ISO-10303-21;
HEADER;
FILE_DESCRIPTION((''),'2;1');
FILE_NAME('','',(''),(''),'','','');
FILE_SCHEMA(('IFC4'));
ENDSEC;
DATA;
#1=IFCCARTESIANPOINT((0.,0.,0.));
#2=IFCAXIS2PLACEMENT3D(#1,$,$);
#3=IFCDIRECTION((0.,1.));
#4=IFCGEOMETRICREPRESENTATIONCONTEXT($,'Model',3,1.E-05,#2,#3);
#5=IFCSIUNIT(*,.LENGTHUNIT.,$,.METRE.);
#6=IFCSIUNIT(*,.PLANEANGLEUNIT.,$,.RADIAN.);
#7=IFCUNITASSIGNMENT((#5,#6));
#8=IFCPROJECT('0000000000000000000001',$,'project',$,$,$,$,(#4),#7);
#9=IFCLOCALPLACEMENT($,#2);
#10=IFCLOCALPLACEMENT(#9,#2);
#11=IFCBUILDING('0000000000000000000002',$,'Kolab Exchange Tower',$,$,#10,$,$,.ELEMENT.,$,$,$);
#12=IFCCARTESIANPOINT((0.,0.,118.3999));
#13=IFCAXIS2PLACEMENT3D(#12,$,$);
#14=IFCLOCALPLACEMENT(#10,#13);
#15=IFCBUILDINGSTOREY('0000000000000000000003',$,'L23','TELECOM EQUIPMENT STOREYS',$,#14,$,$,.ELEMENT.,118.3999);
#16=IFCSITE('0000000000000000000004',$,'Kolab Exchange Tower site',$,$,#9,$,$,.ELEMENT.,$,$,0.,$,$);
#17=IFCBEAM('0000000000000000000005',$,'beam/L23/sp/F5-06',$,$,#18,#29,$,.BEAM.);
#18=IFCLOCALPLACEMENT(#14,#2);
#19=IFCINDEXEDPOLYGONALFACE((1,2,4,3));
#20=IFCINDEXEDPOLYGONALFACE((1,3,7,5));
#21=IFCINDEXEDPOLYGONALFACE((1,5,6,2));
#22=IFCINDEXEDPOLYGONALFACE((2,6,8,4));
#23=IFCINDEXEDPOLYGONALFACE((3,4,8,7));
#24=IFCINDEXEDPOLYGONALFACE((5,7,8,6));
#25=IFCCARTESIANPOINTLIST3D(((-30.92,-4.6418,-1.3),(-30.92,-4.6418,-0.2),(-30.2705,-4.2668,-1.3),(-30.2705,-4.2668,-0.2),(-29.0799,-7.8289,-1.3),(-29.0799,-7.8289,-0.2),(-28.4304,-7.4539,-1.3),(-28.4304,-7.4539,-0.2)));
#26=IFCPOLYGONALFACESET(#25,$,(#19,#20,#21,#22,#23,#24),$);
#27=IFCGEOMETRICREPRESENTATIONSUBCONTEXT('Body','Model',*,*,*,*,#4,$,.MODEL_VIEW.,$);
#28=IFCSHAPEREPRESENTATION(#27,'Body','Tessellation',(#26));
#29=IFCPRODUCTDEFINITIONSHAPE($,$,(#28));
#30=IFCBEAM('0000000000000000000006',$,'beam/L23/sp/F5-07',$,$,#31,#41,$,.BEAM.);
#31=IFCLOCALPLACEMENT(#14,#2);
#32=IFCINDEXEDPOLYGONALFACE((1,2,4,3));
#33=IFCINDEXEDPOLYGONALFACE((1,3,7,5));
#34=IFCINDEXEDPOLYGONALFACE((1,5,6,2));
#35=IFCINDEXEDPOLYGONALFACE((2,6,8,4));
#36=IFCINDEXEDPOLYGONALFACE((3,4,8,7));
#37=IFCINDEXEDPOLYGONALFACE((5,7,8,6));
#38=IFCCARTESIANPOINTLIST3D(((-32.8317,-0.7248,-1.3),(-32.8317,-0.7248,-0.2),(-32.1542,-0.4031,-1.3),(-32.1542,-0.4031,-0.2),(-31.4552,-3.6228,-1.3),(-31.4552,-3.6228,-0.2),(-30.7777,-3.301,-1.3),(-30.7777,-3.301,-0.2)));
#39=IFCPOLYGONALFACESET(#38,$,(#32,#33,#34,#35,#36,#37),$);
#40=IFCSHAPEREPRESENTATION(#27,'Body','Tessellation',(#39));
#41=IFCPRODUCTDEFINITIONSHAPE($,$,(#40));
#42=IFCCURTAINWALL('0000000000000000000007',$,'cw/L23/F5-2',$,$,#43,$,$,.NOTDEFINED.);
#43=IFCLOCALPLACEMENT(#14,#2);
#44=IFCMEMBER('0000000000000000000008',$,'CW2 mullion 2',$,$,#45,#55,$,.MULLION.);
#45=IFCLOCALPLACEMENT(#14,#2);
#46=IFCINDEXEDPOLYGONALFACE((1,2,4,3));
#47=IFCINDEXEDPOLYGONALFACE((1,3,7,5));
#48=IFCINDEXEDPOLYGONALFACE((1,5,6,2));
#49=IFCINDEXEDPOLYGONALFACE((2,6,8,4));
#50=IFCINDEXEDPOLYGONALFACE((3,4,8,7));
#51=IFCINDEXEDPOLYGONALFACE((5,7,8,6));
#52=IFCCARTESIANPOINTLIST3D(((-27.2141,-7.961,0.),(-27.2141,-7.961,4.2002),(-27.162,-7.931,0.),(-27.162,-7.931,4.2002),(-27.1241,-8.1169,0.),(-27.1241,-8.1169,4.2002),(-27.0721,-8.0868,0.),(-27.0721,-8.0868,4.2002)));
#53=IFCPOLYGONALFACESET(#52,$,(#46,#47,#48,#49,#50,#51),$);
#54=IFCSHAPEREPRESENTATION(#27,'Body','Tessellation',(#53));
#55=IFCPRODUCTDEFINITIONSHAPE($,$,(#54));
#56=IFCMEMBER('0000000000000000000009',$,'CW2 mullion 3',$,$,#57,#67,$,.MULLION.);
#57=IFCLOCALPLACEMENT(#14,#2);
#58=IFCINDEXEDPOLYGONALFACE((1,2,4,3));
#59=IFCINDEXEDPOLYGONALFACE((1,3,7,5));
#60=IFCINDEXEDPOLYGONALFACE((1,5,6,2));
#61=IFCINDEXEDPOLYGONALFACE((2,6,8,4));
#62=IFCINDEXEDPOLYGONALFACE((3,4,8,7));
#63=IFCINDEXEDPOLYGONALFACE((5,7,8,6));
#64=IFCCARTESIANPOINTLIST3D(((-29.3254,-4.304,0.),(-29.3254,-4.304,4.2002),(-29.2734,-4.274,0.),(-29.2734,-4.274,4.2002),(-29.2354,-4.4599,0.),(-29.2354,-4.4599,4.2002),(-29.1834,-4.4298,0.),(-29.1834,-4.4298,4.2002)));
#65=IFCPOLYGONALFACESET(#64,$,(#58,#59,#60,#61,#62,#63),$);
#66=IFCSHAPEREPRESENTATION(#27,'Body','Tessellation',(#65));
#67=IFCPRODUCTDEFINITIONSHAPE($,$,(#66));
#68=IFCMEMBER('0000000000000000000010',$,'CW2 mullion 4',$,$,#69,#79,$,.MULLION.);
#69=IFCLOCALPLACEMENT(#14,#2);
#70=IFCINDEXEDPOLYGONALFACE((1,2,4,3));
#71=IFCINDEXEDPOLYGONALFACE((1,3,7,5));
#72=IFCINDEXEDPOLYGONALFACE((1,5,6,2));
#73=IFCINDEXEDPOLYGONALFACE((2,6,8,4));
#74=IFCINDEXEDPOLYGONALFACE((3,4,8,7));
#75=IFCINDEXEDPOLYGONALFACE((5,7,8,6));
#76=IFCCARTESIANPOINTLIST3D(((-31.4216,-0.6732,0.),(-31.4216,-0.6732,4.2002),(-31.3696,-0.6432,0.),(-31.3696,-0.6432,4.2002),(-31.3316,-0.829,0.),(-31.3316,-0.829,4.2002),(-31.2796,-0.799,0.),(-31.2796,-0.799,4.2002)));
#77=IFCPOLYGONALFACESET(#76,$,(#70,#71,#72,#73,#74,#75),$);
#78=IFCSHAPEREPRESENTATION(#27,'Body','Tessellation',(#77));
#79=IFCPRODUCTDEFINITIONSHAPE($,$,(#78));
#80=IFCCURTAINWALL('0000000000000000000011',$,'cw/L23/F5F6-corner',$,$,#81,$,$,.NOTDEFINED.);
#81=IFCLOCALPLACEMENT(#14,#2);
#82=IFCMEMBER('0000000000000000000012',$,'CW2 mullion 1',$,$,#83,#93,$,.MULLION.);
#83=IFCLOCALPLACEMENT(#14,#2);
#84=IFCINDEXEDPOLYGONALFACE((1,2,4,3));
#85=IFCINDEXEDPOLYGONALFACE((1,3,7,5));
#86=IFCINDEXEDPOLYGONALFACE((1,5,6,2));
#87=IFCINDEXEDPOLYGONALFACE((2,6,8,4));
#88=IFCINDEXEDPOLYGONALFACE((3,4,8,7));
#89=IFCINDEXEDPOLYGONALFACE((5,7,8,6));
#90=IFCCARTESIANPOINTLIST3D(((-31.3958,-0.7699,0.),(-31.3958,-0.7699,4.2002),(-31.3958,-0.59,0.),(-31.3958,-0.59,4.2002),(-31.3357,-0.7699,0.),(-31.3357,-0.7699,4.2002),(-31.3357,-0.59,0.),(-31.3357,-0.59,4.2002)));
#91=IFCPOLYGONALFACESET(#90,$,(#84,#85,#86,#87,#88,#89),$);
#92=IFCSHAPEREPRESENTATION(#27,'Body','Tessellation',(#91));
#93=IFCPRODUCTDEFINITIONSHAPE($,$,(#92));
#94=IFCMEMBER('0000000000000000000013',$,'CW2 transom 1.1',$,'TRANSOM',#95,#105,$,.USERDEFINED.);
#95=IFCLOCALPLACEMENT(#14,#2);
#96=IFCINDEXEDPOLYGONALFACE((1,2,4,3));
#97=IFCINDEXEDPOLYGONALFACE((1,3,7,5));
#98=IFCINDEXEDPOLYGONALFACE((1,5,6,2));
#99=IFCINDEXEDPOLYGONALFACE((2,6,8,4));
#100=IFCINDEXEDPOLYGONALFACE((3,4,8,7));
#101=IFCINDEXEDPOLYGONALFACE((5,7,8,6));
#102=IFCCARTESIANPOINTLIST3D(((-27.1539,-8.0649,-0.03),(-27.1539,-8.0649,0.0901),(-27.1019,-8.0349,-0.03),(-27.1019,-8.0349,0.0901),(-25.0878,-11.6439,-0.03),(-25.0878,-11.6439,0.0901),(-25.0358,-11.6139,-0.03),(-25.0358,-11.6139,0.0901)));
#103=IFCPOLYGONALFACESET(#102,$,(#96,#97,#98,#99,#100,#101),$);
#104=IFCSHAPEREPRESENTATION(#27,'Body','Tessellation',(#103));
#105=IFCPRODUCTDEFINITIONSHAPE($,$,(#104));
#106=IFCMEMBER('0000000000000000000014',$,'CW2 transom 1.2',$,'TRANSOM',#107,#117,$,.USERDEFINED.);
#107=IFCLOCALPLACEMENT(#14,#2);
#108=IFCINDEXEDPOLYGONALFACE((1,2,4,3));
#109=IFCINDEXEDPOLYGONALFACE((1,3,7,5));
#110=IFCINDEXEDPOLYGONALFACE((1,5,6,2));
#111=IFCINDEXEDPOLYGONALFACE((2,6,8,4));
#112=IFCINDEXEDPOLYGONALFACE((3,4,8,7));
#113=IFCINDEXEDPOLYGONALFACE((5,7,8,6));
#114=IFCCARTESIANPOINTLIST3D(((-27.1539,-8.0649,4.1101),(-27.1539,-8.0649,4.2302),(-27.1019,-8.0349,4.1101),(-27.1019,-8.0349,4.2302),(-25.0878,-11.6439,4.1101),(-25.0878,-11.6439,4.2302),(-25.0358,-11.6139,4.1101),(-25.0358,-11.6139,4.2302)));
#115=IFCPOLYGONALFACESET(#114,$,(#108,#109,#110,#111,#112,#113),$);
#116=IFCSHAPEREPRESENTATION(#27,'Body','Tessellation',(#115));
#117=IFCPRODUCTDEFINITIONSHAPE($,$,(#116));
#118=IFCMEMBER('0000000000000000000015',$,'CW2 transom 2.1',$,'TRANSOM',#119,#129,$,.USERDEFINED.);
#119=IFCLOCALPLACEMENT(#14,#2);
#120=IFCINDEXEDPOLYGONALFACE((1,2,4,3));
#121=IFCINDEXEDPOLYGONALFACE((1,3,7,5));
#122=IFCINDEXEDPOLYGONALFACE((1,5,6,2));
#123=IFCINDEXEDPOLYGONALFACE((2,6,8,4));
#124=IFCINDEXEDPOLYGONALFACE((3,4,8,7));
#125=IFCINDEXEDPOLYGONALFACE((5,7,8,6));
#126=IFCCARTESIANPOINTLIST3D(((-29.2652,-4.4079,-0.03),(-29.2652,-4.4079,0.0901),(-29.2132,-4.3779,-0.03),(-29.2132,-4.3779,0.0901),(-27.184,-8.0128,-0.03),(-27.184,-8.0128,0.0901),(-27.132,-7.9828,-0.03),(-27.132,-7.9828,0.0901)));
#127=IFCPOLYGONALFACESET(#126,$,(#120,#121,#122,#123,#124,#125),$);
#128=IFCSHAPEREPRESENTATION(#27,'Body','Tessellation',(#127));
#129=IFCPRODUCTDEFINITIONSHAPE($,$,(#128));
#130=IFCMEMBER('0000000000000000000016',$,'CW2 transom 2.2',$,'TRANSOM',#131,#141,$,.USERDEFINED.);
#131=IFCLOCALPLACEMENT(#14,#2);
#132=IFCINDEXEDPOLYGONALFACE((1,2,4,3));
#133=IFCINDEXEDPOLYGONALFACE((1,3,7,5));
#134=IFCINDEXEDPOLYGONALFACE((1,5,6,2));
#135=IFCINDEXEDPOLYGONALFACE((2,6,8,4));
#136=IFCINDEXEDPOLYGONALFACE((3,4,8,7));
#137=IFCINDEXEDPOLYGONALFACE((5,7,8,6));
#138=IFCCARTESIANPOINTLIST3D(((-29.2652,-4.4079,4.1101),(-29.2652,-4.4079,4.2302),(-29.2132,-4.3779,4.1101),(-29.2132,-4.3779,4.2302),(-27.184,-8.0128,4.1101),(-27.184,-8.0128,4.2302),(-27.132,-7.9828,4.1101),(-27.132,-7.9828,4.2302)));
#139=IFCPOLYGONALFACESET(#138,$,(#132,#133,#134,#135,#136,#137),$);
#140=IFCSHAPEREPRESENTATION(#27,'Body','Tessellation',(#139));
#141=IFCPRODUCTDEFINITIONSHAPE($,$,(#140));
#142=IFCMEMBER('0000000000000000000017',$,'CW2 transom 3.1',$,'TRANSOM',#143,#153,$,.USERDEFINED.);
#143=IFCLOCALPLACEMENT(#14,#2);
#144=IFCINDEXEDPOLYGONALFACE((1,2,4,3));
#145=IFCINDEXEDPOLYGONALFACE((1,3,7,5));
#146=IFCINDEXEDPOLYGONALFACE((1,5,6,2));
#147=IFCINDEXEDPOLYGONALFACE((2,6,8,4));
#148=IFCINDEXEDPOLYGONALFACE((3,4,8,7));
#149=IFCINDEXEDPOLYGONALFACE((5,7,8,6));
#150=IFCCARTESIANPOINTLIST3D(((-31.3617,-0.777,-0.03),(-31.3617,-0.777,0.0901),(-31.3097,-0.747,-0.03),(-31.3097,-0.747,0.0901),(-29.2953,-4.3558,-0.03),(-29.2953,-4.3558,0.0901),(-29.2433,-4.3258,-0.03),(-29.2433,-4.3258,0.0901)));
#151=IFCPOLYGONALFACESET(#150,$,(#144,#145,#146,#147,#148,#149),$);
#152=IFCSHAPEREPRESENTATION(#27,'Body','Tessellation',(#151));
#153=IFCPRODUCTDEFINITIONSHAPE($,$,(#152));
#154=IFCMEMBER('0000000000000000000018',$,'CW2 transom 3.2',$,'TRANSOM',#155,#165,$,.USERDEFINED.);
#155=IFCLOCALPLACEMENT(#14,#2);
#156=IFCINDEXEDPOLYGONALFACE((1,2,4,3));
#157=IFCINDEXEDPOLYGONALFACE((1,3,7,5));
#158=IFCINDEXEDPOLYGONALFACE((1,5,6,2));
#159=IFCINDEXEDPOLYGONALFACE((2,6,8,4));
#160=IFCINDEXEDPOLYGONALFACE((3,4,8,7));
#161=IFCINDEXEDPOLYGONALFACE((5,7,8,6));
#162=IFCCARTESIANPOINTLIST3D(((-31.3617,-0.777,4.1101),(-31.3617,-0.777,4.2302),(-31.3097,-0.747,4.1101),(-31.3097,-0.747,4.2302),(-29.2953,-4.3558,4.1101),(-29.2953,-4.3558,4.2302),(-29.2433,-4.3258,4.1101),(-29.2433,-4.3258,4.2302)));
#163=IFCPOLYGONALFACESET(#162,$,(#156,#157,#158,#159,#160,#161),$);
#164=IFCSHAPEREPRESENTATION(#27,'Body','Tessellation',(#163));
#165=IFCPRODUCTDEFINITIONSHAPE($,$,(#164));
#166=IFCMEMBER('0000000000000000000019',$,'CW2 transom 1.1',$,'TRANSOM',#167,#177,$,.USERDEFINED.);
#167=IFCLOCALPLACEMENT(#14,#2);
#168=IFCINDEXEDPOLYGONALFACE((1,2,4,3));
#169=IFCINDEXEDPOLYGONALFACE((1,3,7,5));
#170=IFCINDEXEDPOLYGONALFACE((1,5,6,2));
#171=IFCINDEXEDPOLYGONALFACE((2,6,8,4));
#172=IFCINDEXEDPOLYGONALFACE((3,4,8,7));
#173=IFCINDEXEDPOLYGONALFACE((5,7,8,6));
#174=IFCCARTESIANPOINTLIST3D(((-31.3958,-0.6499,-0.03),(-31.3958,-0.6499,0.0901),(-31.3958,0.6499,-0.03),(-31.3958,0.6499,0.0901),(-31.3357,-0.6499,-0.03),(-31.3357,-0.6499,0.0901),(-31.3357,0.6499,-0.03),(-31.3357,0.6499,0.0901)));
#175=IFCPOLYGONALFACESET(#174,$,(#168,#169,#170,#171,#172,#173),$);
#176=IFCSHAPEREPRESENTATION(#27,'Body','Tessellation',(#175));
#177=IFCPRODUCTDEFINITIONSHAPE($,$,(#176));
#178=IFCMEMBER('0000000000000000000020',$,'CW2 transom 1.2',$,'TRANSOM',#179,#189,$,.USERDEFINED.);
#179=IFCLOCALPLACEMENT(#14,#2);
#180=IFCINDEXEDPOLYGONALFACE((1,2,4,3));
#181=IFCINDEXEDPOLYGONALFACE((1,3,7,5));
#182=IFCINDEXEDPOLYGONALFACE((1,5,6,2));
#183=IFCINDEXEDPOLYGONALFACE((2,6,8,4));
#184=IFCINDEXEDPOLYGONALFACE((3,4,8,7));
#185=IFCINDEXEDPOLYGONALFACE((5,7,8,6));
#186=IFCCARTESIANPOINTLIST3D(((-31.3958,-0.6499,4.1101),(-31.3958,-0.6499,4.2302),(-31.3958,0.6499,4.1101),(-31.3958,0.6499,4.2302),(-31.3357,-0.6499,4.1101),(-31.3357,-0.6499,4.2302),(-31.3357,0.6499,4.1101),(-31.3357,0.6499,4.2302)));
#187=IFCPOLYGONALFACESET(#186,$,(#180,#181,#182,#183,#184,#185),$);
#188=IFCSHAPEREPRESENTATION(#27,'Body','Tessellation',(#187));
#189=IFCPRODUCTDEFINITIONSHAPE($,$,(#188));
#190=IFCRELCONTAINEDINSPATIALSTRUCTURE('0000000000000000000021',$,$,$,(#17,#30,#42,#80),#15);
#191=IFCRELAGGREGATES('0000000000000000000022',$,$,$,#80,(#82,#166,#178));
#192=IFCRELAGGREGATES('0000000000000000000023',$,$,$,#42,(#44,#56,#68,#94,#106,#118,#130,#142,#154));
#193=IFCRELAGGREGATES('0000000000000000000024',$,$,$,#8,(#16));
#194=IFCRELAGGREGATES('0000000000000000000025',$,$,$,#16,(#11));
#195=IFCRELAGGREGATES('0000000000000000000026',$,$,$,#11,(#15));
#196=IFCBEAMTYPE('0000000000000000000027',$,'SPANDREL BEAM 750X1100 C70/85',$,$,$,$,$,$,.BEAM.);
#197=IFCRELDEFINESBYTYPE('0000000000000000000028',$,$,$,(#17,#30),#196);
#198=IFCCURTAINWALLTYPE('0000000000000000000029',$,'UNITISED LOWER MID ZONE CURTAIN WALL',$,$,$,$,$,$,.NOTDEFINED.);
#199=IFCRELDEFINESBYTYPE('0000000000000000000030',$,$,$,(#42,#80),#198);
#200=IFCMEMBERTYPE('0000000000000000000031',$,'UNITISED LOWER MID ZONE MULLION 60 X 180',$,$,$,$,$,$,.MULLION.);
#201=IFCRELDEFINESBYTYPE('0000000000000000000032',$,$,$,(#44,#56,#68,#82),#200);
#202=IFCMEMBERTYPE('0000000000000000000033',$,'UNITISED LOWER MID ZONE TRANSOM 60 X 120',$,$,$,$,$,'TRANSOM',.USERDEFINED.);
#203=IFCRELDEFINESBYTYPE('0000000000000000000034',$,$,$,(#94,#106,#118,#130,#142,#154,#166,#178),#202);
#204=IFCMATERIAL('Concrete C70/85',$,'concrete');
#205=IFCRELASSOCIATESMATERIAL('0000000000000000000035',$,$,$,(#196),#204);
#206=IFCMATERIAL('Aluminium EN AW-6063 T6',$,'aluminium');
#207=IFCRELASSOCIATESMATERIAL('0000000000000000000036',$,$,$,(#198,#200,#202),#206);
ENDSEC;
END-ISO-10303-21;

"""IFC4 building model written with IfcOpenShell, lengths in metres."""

from ifc_helpers import new_model, si_unit, direction, frame, origin, origin_2d, place, context, subcontext, project, spatial, rectangle, extrude, material, material_profile, profile_set, type_object, element, aggregate, save


model = new_model("IFC4")

# Units and contexts
model_context = context("Model", 3, precision=1e-05, world=origin(), true_north=direction((0.0, 1.0)))
body_context = subcontext(model_context, "Body", "Model", "MODEL_VIEW")
ifc_project = project(units=[si_unit("LENGTHUNIT", "METRE"), si_unit("PLANEANGLEUNIT", "RADIAN")], contexts=[model_context])

# Site, building, storey
site_placement = place(None, origin())
site = spatial("IfcSite", under=ifc_project, at=site_placement, Name="Kolab Exchange Tower site", CompositionType="ELEMENT", RefElevation=0.0)
building_placement = place(site_placement, origin())
building = spatial("IfcBuilding", under=site, at=building_placement, Name="Kolab Exchange Tower", CompositionType="ELEMENT")
storey_placement = place(building_placement, frame((0.0, 0.0, 118.3999)))
storey = spatial("IfcBuildingStorey", under=building, at=storey_placement, Name="L23", Description="TELECOM EQUIPMENT STOREYS", CompositionType="ELEMENT", Elevation=118.3999)

# Shared definitions
ifc_material_1 = material(Name="Concrete C70/85", Category="concrete")

# Beams
ifc_material_profile_1 = material_profile(ifc_material_1, rectangle(XDim=0.75, YDim=1.1001, at=origin_2d()), Name="RC750X1100")
ifc_profile_set_1 = profile_set([ifc_material_profile_1], Name="Concrete C70/85")
beam_type_1 = type_object("IfcBeamType", Name="SPANDREL BEAM 750X1100 C70/85", PredefinedType="BEAM", material=ifc_profile_set_1)
beam_1_placement = place(storey_placement, frame((-28.7551, -7.6414, -0.75), z_axis=(-0.500013, 0.866018, 0.0), x_axis=(-0.866018, -0.500013, 0.0)))
element("IfcBeam", 1, at=beam_1_placement, inside=storey, type_object=beam_type_1, Name="beam/L23/sp/F5-06", PredefinedType="BEAM", context=body_context, shape_type="SweptSolid", body=[
    extrude(rectangle(XDim=0.75, YDim=1.1001, at=origin_2d()), origin(), (0.0, 0.0, 1.0), 3.6802),
])
beam_2_placement = place(storey_placement, frame((-31.1165, -3.4619, -0.75), z_axis=(-0.429041, 0.903285, 0.0), x_axis=(-0.903285, -0.429041, 0.0)))
element("IfcBeam", 2, at=beam_2_placement, inside=storey, type_object=beam_type_1, Name="beam/L23/sp/F5-07", PredefinedType="BEAM", context=body_context, shape_type="SweptSolid", body=[
    extrude(rectangle(XDim=0.75, YDim=1.1001, at=origin_2d()), origin(), (0.0, 0.0, 1.0), 3.2083),
])

# Curtain wall, members
ifc_material_2 = material(Name="Aluminium EN AW-6063 T6", Category="aluminium")
curtain_wall_type = type_object("IfcCurtainWallType", Name="UNITISED LOWER MID ZONE CURTAIN WALL", PredefinedType="NOTDEFINED", material=ifc_material_2)
curtain_wall_1_placement = place(storey_placement, origin())
curtain_wall_1 = element("IfcCurtainWall", 3, at=curtain_wall_1_placement, inside=storey, type_object=curtain_wall_type, Name="cw/L23/F5-2", PredefinedType="NOTDEFINED")
ifc_material_profile_2 = material_profile(ifc_material_2, rectangle(XDim=0.0601, YDim=0.1799, at=origin_2d()), Name="RECT 60X180")
ifc_profile_set_2 = profile_set([ifc_material_profile_2], Name="Aluminium EN AW-6063 T6")
member_type_1 = type_object("IfcMemberType", Name="UNITISED LOWER MID ZONE MULLION 60 X 180", PredefinedType="MULLION", material=ifc_profile_set_2)
member_1_placement = place(storey_placement, frame((-27.1431, -8.0239, 0.0), z_axis=(0.0, 0.0, 1.0), x_axis=(-0.866025, -0.5, 0.0)))
member_1 = element("IfcMember", 4, at=member_1_placement, type_object=member_type_1, Name="CW2 mullion 2", PredefinedType="MULLION", context=body_context, shape_type="SweptSolid", body=[
    extrude(rectangle(XDim=0.0601, YDim=0.1799, at=origin_2d()), origin(), (0.0, 0.0, 1.0), 4.2002),
])
member_2_placement = place(storey_placement, frame((-29.2544, -4.3669, 0.0), z_axis=(0.0, 0.0, 1.0), x_axis=(-0.866025, -0.5, 0.0)))
member_2 = element("IfcMember", 5, at=member_2_placement, type_object=member_type_1, Name="CW2 mullion 3", PredefinedType="MULLION", context=body_context, shape_type="SweptSolid", body=[
    extrude(rectangle(XDim=0.0601, YDim=0.1799, at=origin_2d()), origin(), (0.0, 0.0, 1.0), 4.2002),
])
member_3_placement = place(storey_placement, frame((-31.3506, -0.7361, 0.0), z_axis=(0.0, 0.0, 1.0), x_axis=(-0.866025, -0.5, 0.0)))
member_3 = element("IfcMember", 6, at=member_3_placement, type_object=member_type_1, Name="CW2 mullion 4", PredefinedType="MULLION", context=body_context, shape_type="SweptSolid", body=[
    extrude(rectangle(XDim=0.0601, YDim=0.1799, at=origin_2d()), origin(), (0.0, 0.0, 1.0), 4.2002),
])

# Curtain wall, member
curtain_wall_2_placement = place(storey_placement, origin())
curtain_wall_2 = element("IfcCurtainWall", 7, at=curtain_wall_2_placement, inside=storey, type_object=curtain_wall_type, Name="cw/L23/F5F6-corner", PredefinedType="NOTDEFINED")
member_4_placement = place(storey_placement, frame((-31.3657, -0.6799, 0.0), z_axis=(0.0, 0.0, 1.0), x_axis=(-1.0, 0.0, 0.0)))
member_4 = element("IfcMember", 8, at=member_4_placement, type_object=member_type_1, Name="CW2 mullion 1", PredefinedType="MULLION", context=body_context, shape_type="SweptSolid", body=[
    extrude(rectangle(XDim=0.0601, YDim=0.1799, at=origin_2d()), origin(), (0.0, 0.0, 1.0), 4.2002),
])

# Members
ifc_material_profile_3 = material_profile(ifc_material_2, rectangle(XDim=0.0601, YDim=0.1201, at=origin_2d()), Name="RECT 60X120")
ifc_profile_set_3 = profile_set([ifc_material_profile_3], Name="Aluminium EN AW-6063 T6")
member_type_2 = type_object("IfcMemberType", Name="UNITISED LOWER MID ZONE TRANSOM 60 X 120", ElementType="TRANSOM", PredefinedType="USERDEFINED", material=ifc_profile_set_3)
member_5_placement = place(storey_placement, frame((-25.0618, -11.6289, 0.03), z_axis=(-0.499958, 0.86605, 0.0), x_axis=(-0.86605, -0.499958, 0.0)))
member_5 = element("IfcMember", 9, at=member_5_placement, type_object=member_type_2, Name="CW2 transom 1.1", ObjectType="TRANSOM", PredefinedType="USERDEFINED", context=body_context, shape_type="SweptSolid", body=[
    extrude(rectangle(XDim=0.0601, YDim=0.1201, at=origin_2d()), origin(), (0.0, 0.0, 1.0), 4.1326),
])
member_6_placement = place(storey_placement, frame((-25.0618, -11.6289, 4.1702), z_axis=(-0.499958, 0.86605, 0.0), x_axis=(-0.86605, -0.499958, 0.0)))
member_6 = element("IfcMember", 10, at=member_6_placement, type_object=member_type_2, Name="CW2 transom 1.2", ObjectType="TRANSOM", PredefinedType="USERDEFINED", context=body_context, shape_type="SweptSolid", body=[
    extrude(rectangle(XDim=0.0601, YDim=0.1201, at=origin_2d()), origin(), (0.0, 0.0, 1.0), 4.1326),
])
member_7_placement = place(storey_placement, frame((-27.158, -7.9978, 0.03), z_axis=(-0.499993, 0.866029, 0.0), x_axis=(-0.866029, -0.499993, 0.0)))
member_7 = element("IfcMember", 11, at=member_7_placement, type_object=member_type_2, Name="CW2 transom 2.1", ObjectType="TRANSOM", PredefinedType="USERDEFINED", context=body_context, shape_type="SweptSolid", body=[
    extrude(rectangle(XDim=0.0601, YDim=0.1201, at=origin_2d()), origin(), (0.0, 0.0, 1.0), 4.1626),
])
member_8_placement = place(storey_placement, frame((-27.158, -7.9978, 4.1702), z_axis=(-0.499993, 0.866029, 0.0), x_axis=(-0.866029, -0.499993, 0.0)))
member_8 = element("IfcMember", 12, at=member_8_placement, type_object=member_type_2, Name="CW2 transom 2.2", ObjectType="TRANSOM", PredefinedType="USERDEFINED", context=body_context, shape_type="SweptSolid", body=[
    extrude(rectangle(XDim=0.0601, YDim=0.1201, at=origin_2d()), origin(), (0.0, 0.0, 1.0), 4.1626),
])
member_9_placement = place(storey_placement, frame((-29.2693, -4.3408, 0.03), z_axis=(-0.500028, 0.866009, 0.0), x_axis=(-0.866009, -0.500028, 0.0)))
member_9 = element("IfcMember", 13, at=member_9_placement, type_object=member_type_2, Name="CW2 transom 3.1", ObjectType="TRANSOM", PredefinedType="USERDEFINED", context=body_context, shape_type="SweptSolid", body=[
    extrude(rectangle(XDim=0.0601, YDim=0.1201, at=origin_2d()), origin(), (0.0, 0.0, 1.0), 4.1326),
])
member_10_placement = place(storey_placement, frame((-29.2693, -4.3408, 4.1702), z_axis=(-0.500028, 0.866009, 0.0), x_axis=(-0.866009, -0.500028, 0.0)))
member_10 = element("IfcMember", 14, at=member_10_placement, type_object=member_type_2, Name="CW2 transom 3.2", ObjectType="TRANSOM", PredefinedType="USERDEFINED", context=body_context, shape_type="SweptSolid", body=[
    extrude(rectangle(XDim=0.0601, YDim=0.1201, at=origin_2d()), origin(), (0.0, 0.0, 1.0), 4.1326),
])
member_11_placement = place(storey_placement, frame((-31.3657, -0.6499, 0.03), z_axis=(0.0, 1.0, 0.0), x_axis=(-1.0, 0.0, 0.0)))
member_11 = element("IfcMember", 15, at=member_11_placement, type_object=member_type_2, Name="CW2 transom 1.1", ObjectType="TRANSOM", PredefinedType="USERDEFINED", context=body_context, shape_type="SweptSolid", body=[
    extrude(rectangle(XDim=0.0601, YDim=0.1201, at=origin_2d()), origin(), (0.0, 0.0, 1.0), 1.2998),
])
member_12_placement = place(storey_placement, frame((-31.3657, -0.6499, 4.1702), z_axis=(0.0, 1.0, 0.0), x_axis=(-1.0, 0.0, 0.0)))
member_12 = element("IfcMember", 16, at=member_12_placement, type_object=member_type_2, Name="CW2 transom 1.2", ObjectType="TRANSOM", PredefinedType="USERDEFINED", context=body_context, shape_type="SweptSolid", body=[
    extrude(rectangle(XDim=0.0601, YDim=0.1201, at=origin_2d()), origin(), (0.0, 0.0, 1.0), 1.2998),
])
aggregate(curtain_wall_2, [member_4, member_11, member_12])

aggregate(curtain_wall_1, [member_1, member_2, member_3, member_5, member_6, member_7, member_8, member_9, member_10])

save(model, "model.ifc")
